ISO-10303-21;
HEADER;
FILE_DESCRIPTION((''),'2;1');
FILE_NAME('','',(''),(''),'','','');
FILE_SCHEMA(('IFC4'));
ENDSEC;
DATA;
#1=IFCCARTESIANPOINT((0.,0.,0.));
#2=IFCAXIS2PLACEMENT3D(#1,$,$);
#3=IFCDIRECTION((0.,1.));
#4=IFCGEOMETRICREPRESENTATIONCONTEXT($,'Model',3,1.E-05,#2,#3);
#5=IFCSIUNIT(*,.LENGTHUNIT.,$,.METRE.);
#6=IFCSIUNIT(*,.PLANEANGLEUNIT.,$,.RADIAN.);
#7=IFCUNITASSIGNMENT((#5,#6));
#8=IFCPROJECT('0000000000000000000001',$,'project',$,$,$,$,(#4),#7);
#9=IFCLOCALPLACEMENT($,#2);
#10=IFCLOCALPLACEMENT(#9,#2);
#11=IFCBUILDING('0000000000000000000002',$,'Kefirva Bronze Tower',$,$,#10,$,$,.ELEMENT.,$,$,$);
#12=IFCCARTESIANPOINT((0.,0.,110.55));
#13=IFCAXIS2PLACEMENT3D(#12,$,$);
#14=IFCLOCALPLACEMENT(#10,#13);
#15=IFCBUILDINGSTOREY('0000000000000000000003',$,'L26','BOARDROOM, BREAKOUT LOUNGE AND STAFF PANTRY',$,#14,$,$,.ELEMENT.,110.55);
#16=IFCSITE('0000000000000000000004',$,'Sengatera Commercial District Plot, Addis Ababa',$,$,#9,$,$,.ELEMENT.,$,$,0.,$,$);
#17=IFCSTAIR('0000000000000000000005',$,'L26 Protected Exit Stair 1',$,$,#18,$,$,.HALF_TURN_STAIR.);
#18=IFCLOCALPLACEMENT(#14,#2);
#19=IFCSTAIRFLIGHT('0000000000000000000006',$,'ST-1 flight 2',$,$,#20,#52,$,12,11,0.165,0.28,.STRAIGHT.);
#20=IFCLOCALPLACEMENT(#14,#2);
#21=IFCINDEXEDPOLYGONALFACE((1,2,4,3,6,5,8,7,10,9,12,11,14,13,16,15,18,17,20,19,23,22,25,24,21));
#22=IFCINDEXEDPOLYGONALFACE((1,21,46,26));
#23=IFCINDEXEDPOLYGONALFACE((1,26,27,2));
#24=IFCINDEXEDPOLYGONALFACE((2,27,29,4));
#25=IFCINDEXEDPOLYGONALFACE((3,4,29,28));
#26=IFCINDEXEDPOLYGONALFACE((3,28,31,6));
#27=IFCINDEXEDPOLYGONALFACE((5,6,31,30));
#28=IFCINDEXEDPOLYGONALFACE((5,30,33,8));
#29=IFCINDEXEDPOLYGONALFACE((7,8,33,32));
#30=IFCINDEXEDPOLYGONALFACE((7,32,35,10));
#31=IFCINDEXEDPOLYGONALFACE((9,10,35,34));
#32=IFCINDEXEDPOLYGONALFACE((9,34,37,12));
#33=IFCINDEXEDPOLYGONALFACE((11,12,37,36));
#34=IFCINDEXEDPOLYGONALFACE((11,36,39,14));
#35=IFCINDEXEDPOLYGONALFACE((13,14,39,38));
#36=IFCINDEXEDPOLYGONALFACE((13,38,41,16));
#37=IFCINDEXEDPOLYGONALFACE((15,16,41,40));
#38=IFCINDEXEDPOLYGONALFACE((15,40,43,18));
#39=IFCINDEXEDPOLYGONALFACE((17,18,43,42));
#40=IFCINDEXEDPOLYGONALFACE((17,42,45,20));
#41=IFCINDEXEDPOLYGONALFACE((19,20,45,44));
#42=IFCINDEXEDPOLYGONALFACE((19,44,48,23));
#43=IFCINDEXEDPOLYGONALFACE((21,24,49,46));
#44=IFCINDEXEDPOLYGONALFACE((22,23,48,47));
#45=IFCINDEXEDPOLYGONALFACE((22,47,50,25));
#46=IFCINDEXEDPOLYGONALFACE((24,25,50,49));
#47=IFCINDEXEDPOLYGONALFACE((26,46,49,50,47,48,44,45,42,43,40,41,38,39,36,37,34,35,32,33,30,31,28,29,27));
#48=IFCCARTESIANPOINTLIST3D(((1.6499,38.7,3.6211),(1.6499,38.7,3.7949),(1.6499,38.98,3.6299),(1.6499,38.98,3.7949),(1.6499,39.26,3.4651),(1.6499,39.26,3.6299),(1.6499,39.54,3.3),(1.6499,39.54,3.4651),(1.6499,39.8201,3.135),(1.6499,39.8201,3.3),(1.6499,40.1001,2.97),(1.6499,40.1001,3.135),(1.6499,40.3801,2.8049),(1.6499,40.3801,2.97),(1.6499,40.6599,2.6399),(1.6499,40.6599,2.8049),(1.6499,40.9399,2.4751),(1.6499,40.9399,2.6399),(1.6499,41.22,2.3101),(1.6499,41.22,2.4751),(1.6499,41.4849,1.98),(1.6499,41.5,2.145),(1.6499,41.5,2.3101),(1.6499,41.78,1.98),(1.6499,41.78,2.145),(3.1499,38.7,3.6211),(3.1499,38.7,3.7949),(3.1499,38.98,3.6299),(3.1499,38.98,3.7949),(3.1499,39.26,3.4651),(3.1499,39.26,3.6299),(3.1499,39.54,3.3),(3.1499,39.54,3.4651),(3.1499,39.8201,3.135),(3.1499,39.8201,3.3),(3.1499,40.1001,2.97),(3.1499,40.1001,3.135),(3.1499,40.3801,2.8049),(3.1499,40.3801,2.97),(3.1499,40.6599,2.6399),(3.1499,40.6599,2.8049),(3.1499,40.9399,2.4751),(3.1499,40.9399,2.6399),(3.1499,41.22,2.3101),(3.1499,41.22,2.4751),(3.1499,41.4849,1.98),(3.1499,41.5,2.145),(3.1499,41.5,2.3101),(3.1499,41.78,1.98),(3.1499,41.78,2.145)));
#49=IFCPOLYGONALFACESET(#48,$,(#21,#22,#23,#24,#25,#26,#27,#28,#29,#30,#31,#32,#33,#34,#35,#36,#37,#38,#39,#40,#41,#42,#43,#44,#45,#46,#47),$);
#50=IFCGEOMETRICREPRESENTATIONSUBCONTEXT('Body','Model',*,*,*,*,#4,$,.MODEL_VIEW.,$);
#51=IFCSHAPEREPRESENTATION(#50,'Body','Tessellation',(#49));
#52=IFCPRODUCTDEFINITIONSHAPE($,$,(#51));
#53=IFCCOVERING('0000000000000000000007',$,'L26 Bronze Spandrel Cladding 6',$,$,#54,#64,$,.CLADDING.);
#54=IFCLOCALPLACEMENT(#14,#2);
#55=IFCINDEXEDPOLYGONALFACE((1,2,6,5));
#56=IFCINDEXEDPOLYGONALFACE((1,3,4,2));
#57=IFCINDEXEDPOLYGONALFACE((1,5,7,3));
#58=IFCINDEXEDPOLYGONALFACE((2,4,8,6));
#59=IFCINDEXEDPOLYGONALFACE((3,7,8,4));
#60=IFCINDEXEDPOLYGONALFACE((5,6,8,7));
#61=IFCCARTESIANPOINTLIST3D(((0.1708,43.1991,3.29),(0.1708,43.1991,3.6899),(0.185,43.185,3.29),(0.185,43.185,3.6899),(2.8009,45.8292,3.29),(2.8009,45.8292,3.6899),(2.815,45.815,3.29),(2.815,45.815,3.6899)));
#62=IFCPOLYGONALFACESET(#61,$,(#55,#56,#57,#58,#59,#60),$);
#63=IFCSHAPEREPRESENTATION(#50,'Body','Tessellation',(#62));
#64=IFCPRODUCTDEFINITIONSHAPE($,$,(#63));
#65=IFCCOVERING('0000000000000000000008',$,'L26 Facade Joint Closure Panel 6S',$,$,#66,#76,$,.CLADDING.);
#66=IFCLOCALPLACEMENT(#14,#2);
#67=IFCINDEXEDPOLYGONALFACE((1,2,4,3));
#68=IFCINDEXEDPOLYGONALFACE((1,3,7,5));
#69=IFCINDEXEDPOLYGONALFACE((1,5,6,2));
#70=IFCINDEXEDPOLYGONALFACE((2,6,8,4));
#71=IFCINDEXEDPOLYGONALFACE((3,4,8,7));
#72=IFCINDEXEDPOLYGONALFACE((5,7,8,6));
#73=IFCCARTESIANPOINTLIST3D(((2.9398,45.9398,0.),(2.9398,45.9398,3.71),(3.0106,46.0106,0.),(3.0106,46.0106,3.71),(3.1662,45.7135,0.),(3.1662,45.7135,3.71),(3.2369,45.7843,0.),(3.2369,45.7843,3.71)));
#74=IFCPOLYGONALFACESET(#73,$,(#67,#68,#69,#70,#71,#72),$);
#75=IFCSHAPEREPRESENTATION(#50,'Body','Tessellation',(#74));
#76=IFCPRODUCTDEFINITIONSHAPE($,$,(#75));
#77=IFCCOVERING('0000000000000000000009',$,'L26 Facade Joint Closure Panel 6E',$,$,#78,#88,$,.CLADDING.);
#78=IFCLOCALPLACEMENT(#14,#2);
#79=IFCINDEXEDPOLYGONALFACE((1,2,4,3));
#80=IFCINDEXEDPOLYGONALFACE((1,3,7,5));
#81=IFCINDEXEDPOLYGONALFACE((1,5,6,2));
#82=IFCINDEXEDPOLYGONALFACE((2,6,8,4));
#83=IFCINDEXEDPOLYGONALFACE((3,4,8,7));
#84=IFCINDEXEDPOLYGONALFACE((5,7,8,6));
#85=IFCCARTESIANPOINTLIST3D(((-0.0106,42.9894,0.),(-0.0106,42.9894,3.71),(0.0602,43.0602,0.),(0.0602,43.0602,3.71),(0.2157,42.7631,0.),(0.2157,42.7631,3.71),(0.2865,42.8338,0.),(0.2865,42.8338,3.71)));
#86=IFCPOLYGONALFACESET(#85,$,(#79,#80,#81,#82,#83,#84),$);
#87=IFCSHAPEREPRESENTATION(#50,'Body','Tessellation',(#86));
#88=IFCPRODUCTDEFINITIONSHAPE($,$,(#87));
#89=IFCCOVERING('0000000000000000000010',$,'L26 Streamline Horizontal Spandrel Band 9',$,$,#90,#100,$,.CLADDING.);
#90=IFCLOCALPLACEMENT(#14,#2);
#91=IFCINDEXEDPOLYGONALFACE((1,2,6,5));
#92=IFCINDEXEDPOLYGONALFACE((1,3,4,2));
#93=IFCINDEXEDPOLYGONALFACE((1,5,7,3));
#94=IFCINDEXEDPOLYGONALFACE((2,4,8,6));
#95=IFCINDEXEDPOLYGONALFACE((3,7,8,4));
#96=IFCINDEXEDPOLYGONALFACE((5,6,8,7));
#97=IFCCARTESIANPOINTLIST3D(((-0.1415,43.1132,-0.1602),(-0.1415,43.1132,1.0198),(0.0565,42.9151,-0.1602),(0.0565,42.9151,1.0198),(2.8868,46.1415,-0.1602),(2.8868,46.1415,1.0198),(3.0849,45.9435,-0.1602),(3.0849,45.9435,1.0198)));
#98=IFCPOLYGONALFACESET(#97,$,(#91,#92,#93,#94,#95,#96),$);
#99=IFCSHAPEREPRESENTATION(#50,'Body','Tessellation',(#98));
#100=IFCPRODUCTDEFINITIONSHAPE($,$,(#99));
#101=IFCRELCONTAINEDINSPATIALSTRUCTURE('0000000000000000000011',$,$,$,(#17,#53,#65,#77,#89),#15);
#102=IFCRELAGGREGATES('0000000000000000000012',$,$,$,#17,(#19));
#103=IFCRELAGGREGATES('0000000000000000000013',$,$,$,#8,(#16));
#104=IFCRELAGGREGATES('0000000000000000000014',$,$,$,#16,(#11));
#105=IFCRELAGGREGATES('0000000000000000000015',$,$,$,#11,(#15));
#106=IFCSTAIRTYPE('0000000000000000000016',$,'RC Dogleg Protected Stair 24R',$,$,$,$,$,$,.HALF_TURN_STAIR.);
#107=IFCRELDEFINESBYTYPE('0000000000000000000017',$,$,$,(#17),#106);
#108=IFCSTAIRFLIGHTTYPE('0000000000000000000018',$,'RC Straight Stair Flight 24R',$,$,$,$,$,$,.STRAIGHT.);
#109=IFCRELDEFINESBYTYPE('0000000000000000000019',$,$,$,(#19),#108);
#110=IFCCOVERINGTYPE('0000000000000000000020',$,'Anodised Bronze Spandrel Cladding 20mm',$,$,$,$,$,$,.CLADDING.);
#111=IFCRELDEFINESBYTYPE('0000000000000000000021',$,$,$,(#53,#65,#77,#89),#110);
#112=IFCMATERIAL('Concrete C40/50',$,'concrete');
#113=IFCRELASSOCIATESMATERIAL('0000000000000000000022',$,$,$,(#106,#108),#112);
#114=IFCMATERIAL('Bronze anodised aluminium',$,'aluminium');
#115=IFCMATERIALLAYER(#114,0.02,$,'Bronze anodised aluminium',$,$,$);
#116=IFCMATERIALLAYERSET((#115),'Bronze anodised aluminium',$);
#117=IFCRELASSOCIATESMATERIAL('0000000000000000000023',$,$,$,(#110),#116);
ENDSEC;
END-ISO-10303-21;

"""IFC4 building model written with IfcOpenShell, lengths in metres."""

from ifc_helpers import new_model, si_unit, direction, frame, origin, origin_2d, place, context, subcontext, project, spatial, polyline, rectangle, outline, extrude, material, layer, layer_set, type_object, element, aggregate, save


model = new_model("IFC4")

# Units and contexts
model_context = context("Model", 3, precision=1e-05, world=origin(), true_north=direction((0.0, 1.0)))
body_context = subcontext(model_context, "Body", "Model", "MODEL_VIEW")
ifc_project = project(units=[si_unit("LENGTHUNIT", "METRE"), si_unit("PLANEANGLEUNIT", "RADIAN")], contexts=[model_context])

# Site, building, storey
site_placement = place(None, origin())
site = spatial("IfcSite", under=ifc_project, at=site_placement, Name="Sengatera Commercial District Plot, Addis Ababa", CompositionType="ELEMENT", RefElevation=0.0)
building_placement = place(site_placement, origin())
building = spatial("IfcBuilding", under=site, at=building_placement, Name="Kefirva Bronze Tower", CompositionType="ELEMENT")
storey_placement = place(building_placement, frame((0.0, 0.0, 110.55)))
storey = spatial("IfcBuildingStorey", under=building, at=storey_placement, Name="L26", Description="BOARDROOM, BREAKOUT LOUNGE AND STAFF PANTRY", CompositionType="ELEMENT", Elevation=110.55)

# Stair, stair flight
ifc_material_1 = material(Name="Concrete C40/50", Category="concrete")
stair_type = type_object("IfcStairType", Name="RC Dogleg Protected Stair 24R", PredefinedType="HALF_TURN_STAIR", material=ifc_material_1)
stair_placement = place(storey_placement, origin())
stair = element("IfcStair", 1, at=stair_placement, inside=storey, type_object=stair_type, Name="L26 Protected Exit Stair 1", PredefinedType="HALF_TURN_STAIR")
stair_flight_type = type_object("IfcStairFlightType", Name="RC Straight Stair Flight 24R", PredefinedType="STRAIGHT", material=ifc_material_1)
stair_flight_1_placement = place(storey_placement, frame((2.3999, 41.78, 1.98), z_axis=(0.0, 0.0, 1.0), x_axis=(0.0, -1.0, 0.0)))
stair_flight_1 = element("IfcStairFlight", 2, at=stair_flight_1_placement, type_object=stair_flight_type, Name="ST-1 flight 2", NumberOfRisers=12, NumberOfTreads=11, PredefinedType="STRAIGHT", RiserHeight=0.165, TreadLength=0.28, context=body_context, shape_type="SweptSolid", body=[
    extrude(outline(polyline([(0.0, 0.0), (0.0, 0.165), (0.28, 0.165), (0.28, 0.3301), (0.5601, 0.3301), (0.5601, 0.4951), (0.8401, 0.4951), (0.8401, 0.6599), (1.1201, 0.6599), (1.1201, 0.825), (1.3999, 0.825), (1.3999, 0.99), (1.6799, 0.99), (1.6799, 1.155), (1.96, 1.155), (1.96, 1.3201), (2.24, 1.3201), (2.24, 1.4851), (2.52, 1.4851), (2.52, 1.6499), (2.8, 1.6499), (2.8, 1.8149), (3.0801, 1.8149), (3.0801, 1.98), (3.0801, 1.6411), (0.2952, 0.0), (0.0, 0.0)])), frame((0.0, 0.75, 0.0), z_axis=(0.0, -1.0, 0.0), x_axis=(1.0, 0.0, 0.0)), (0.0, 0.0, 1.0), 1.5),
])
aggregate(stair, [stair_flight_1])

# Coverings
ifc_material_2 = material(Name="Bronze anodised aluminium", Category="aluminium")
ifc_layer_1 = layer(ifc_material_2, 0.02, Name="Bronze anodised aluminium")
ifc_layer_set_1 = layer_set([ifc_layer_1], Name="Bronze anodised aluminium")
covering_type_1 = type_object("IfcCoveringType", Name="Anodised Bronze Spandrel Cladding 20mm", PredefinedType="CLADDING", material=ifc_layer_set_1)
covering_1_placement = place(storey_placement, frame((1.4929, 44.5071, 3.29), z_axis=(0.0, 0.0, 1.0), x_axis=(-0.707107, -0.707107, 0.0)))
element("IfcCovering", 3, at=covering_1_placement, inside=storey, type_object=covering_type_1, Name="L26 Bronze Spandrel Cladding 6", PredefinedType="CLADDING", context=body_context, shape_type="SweptSolid", body=[
    extrude(rectangle(XDim=3.7195, YDim=0.02, at=origin_2d()), origin(), (0.0, 0.0, 1.0), 0.3999),
])
for number, where, z_axis, x_axis, name in (
    (4, (3.0884, 45.8621, 0.0), (0.0, 0.0, 1.0), (-0.707107, -0.707107, 0.0), "L26 Facade Joint Closure Panel 6S"),
    (5, (0.1379, 42.9116, 0.0), (0.0, 0.0, 1.0), (-0.707107, -0.707107, 0.0), "L26 Facade Joint Closure Panel 6E"),
):
    element("IfcCovering", number, at=place(storey_placement, frame(where, z_axis=z_axis, x_axis=x_axis)), inside=storey, type_object=covering_type_1, Name=name, PredefinedType="CLADDING", context=body_context, shape_type="SweptSolid", body=[
        extrude(rectangle(XDim=0.1001, YDim=0.3201, at=origin_2d()), origin(), (0.0, 0.0, 1.0), 3.71),
    ])
covering_2_placement = place(storey_placement, frame((1.4717, 44.5283, -0.1602), z_axis=(0.0, 0.0, 1.0), x_axis=(-0.707107, -0.707107, 0.0)))
element("IfcCovering", 6, at=covering_2_placement, inside=storey, type_object=covering_type_1, Name="L26 Streamline Horizontal Spandrel Band 9", PredefinedType="CLADDING", context=body_context, shape_type="SweptSolid", body=[
    extrude(rectangle(XDim=4.2827, YDim=0.28, at=origin_2d()), origin(), (0.0, 0.0, 1.0), 1.1799),
])

save(model, "model.ifc")
